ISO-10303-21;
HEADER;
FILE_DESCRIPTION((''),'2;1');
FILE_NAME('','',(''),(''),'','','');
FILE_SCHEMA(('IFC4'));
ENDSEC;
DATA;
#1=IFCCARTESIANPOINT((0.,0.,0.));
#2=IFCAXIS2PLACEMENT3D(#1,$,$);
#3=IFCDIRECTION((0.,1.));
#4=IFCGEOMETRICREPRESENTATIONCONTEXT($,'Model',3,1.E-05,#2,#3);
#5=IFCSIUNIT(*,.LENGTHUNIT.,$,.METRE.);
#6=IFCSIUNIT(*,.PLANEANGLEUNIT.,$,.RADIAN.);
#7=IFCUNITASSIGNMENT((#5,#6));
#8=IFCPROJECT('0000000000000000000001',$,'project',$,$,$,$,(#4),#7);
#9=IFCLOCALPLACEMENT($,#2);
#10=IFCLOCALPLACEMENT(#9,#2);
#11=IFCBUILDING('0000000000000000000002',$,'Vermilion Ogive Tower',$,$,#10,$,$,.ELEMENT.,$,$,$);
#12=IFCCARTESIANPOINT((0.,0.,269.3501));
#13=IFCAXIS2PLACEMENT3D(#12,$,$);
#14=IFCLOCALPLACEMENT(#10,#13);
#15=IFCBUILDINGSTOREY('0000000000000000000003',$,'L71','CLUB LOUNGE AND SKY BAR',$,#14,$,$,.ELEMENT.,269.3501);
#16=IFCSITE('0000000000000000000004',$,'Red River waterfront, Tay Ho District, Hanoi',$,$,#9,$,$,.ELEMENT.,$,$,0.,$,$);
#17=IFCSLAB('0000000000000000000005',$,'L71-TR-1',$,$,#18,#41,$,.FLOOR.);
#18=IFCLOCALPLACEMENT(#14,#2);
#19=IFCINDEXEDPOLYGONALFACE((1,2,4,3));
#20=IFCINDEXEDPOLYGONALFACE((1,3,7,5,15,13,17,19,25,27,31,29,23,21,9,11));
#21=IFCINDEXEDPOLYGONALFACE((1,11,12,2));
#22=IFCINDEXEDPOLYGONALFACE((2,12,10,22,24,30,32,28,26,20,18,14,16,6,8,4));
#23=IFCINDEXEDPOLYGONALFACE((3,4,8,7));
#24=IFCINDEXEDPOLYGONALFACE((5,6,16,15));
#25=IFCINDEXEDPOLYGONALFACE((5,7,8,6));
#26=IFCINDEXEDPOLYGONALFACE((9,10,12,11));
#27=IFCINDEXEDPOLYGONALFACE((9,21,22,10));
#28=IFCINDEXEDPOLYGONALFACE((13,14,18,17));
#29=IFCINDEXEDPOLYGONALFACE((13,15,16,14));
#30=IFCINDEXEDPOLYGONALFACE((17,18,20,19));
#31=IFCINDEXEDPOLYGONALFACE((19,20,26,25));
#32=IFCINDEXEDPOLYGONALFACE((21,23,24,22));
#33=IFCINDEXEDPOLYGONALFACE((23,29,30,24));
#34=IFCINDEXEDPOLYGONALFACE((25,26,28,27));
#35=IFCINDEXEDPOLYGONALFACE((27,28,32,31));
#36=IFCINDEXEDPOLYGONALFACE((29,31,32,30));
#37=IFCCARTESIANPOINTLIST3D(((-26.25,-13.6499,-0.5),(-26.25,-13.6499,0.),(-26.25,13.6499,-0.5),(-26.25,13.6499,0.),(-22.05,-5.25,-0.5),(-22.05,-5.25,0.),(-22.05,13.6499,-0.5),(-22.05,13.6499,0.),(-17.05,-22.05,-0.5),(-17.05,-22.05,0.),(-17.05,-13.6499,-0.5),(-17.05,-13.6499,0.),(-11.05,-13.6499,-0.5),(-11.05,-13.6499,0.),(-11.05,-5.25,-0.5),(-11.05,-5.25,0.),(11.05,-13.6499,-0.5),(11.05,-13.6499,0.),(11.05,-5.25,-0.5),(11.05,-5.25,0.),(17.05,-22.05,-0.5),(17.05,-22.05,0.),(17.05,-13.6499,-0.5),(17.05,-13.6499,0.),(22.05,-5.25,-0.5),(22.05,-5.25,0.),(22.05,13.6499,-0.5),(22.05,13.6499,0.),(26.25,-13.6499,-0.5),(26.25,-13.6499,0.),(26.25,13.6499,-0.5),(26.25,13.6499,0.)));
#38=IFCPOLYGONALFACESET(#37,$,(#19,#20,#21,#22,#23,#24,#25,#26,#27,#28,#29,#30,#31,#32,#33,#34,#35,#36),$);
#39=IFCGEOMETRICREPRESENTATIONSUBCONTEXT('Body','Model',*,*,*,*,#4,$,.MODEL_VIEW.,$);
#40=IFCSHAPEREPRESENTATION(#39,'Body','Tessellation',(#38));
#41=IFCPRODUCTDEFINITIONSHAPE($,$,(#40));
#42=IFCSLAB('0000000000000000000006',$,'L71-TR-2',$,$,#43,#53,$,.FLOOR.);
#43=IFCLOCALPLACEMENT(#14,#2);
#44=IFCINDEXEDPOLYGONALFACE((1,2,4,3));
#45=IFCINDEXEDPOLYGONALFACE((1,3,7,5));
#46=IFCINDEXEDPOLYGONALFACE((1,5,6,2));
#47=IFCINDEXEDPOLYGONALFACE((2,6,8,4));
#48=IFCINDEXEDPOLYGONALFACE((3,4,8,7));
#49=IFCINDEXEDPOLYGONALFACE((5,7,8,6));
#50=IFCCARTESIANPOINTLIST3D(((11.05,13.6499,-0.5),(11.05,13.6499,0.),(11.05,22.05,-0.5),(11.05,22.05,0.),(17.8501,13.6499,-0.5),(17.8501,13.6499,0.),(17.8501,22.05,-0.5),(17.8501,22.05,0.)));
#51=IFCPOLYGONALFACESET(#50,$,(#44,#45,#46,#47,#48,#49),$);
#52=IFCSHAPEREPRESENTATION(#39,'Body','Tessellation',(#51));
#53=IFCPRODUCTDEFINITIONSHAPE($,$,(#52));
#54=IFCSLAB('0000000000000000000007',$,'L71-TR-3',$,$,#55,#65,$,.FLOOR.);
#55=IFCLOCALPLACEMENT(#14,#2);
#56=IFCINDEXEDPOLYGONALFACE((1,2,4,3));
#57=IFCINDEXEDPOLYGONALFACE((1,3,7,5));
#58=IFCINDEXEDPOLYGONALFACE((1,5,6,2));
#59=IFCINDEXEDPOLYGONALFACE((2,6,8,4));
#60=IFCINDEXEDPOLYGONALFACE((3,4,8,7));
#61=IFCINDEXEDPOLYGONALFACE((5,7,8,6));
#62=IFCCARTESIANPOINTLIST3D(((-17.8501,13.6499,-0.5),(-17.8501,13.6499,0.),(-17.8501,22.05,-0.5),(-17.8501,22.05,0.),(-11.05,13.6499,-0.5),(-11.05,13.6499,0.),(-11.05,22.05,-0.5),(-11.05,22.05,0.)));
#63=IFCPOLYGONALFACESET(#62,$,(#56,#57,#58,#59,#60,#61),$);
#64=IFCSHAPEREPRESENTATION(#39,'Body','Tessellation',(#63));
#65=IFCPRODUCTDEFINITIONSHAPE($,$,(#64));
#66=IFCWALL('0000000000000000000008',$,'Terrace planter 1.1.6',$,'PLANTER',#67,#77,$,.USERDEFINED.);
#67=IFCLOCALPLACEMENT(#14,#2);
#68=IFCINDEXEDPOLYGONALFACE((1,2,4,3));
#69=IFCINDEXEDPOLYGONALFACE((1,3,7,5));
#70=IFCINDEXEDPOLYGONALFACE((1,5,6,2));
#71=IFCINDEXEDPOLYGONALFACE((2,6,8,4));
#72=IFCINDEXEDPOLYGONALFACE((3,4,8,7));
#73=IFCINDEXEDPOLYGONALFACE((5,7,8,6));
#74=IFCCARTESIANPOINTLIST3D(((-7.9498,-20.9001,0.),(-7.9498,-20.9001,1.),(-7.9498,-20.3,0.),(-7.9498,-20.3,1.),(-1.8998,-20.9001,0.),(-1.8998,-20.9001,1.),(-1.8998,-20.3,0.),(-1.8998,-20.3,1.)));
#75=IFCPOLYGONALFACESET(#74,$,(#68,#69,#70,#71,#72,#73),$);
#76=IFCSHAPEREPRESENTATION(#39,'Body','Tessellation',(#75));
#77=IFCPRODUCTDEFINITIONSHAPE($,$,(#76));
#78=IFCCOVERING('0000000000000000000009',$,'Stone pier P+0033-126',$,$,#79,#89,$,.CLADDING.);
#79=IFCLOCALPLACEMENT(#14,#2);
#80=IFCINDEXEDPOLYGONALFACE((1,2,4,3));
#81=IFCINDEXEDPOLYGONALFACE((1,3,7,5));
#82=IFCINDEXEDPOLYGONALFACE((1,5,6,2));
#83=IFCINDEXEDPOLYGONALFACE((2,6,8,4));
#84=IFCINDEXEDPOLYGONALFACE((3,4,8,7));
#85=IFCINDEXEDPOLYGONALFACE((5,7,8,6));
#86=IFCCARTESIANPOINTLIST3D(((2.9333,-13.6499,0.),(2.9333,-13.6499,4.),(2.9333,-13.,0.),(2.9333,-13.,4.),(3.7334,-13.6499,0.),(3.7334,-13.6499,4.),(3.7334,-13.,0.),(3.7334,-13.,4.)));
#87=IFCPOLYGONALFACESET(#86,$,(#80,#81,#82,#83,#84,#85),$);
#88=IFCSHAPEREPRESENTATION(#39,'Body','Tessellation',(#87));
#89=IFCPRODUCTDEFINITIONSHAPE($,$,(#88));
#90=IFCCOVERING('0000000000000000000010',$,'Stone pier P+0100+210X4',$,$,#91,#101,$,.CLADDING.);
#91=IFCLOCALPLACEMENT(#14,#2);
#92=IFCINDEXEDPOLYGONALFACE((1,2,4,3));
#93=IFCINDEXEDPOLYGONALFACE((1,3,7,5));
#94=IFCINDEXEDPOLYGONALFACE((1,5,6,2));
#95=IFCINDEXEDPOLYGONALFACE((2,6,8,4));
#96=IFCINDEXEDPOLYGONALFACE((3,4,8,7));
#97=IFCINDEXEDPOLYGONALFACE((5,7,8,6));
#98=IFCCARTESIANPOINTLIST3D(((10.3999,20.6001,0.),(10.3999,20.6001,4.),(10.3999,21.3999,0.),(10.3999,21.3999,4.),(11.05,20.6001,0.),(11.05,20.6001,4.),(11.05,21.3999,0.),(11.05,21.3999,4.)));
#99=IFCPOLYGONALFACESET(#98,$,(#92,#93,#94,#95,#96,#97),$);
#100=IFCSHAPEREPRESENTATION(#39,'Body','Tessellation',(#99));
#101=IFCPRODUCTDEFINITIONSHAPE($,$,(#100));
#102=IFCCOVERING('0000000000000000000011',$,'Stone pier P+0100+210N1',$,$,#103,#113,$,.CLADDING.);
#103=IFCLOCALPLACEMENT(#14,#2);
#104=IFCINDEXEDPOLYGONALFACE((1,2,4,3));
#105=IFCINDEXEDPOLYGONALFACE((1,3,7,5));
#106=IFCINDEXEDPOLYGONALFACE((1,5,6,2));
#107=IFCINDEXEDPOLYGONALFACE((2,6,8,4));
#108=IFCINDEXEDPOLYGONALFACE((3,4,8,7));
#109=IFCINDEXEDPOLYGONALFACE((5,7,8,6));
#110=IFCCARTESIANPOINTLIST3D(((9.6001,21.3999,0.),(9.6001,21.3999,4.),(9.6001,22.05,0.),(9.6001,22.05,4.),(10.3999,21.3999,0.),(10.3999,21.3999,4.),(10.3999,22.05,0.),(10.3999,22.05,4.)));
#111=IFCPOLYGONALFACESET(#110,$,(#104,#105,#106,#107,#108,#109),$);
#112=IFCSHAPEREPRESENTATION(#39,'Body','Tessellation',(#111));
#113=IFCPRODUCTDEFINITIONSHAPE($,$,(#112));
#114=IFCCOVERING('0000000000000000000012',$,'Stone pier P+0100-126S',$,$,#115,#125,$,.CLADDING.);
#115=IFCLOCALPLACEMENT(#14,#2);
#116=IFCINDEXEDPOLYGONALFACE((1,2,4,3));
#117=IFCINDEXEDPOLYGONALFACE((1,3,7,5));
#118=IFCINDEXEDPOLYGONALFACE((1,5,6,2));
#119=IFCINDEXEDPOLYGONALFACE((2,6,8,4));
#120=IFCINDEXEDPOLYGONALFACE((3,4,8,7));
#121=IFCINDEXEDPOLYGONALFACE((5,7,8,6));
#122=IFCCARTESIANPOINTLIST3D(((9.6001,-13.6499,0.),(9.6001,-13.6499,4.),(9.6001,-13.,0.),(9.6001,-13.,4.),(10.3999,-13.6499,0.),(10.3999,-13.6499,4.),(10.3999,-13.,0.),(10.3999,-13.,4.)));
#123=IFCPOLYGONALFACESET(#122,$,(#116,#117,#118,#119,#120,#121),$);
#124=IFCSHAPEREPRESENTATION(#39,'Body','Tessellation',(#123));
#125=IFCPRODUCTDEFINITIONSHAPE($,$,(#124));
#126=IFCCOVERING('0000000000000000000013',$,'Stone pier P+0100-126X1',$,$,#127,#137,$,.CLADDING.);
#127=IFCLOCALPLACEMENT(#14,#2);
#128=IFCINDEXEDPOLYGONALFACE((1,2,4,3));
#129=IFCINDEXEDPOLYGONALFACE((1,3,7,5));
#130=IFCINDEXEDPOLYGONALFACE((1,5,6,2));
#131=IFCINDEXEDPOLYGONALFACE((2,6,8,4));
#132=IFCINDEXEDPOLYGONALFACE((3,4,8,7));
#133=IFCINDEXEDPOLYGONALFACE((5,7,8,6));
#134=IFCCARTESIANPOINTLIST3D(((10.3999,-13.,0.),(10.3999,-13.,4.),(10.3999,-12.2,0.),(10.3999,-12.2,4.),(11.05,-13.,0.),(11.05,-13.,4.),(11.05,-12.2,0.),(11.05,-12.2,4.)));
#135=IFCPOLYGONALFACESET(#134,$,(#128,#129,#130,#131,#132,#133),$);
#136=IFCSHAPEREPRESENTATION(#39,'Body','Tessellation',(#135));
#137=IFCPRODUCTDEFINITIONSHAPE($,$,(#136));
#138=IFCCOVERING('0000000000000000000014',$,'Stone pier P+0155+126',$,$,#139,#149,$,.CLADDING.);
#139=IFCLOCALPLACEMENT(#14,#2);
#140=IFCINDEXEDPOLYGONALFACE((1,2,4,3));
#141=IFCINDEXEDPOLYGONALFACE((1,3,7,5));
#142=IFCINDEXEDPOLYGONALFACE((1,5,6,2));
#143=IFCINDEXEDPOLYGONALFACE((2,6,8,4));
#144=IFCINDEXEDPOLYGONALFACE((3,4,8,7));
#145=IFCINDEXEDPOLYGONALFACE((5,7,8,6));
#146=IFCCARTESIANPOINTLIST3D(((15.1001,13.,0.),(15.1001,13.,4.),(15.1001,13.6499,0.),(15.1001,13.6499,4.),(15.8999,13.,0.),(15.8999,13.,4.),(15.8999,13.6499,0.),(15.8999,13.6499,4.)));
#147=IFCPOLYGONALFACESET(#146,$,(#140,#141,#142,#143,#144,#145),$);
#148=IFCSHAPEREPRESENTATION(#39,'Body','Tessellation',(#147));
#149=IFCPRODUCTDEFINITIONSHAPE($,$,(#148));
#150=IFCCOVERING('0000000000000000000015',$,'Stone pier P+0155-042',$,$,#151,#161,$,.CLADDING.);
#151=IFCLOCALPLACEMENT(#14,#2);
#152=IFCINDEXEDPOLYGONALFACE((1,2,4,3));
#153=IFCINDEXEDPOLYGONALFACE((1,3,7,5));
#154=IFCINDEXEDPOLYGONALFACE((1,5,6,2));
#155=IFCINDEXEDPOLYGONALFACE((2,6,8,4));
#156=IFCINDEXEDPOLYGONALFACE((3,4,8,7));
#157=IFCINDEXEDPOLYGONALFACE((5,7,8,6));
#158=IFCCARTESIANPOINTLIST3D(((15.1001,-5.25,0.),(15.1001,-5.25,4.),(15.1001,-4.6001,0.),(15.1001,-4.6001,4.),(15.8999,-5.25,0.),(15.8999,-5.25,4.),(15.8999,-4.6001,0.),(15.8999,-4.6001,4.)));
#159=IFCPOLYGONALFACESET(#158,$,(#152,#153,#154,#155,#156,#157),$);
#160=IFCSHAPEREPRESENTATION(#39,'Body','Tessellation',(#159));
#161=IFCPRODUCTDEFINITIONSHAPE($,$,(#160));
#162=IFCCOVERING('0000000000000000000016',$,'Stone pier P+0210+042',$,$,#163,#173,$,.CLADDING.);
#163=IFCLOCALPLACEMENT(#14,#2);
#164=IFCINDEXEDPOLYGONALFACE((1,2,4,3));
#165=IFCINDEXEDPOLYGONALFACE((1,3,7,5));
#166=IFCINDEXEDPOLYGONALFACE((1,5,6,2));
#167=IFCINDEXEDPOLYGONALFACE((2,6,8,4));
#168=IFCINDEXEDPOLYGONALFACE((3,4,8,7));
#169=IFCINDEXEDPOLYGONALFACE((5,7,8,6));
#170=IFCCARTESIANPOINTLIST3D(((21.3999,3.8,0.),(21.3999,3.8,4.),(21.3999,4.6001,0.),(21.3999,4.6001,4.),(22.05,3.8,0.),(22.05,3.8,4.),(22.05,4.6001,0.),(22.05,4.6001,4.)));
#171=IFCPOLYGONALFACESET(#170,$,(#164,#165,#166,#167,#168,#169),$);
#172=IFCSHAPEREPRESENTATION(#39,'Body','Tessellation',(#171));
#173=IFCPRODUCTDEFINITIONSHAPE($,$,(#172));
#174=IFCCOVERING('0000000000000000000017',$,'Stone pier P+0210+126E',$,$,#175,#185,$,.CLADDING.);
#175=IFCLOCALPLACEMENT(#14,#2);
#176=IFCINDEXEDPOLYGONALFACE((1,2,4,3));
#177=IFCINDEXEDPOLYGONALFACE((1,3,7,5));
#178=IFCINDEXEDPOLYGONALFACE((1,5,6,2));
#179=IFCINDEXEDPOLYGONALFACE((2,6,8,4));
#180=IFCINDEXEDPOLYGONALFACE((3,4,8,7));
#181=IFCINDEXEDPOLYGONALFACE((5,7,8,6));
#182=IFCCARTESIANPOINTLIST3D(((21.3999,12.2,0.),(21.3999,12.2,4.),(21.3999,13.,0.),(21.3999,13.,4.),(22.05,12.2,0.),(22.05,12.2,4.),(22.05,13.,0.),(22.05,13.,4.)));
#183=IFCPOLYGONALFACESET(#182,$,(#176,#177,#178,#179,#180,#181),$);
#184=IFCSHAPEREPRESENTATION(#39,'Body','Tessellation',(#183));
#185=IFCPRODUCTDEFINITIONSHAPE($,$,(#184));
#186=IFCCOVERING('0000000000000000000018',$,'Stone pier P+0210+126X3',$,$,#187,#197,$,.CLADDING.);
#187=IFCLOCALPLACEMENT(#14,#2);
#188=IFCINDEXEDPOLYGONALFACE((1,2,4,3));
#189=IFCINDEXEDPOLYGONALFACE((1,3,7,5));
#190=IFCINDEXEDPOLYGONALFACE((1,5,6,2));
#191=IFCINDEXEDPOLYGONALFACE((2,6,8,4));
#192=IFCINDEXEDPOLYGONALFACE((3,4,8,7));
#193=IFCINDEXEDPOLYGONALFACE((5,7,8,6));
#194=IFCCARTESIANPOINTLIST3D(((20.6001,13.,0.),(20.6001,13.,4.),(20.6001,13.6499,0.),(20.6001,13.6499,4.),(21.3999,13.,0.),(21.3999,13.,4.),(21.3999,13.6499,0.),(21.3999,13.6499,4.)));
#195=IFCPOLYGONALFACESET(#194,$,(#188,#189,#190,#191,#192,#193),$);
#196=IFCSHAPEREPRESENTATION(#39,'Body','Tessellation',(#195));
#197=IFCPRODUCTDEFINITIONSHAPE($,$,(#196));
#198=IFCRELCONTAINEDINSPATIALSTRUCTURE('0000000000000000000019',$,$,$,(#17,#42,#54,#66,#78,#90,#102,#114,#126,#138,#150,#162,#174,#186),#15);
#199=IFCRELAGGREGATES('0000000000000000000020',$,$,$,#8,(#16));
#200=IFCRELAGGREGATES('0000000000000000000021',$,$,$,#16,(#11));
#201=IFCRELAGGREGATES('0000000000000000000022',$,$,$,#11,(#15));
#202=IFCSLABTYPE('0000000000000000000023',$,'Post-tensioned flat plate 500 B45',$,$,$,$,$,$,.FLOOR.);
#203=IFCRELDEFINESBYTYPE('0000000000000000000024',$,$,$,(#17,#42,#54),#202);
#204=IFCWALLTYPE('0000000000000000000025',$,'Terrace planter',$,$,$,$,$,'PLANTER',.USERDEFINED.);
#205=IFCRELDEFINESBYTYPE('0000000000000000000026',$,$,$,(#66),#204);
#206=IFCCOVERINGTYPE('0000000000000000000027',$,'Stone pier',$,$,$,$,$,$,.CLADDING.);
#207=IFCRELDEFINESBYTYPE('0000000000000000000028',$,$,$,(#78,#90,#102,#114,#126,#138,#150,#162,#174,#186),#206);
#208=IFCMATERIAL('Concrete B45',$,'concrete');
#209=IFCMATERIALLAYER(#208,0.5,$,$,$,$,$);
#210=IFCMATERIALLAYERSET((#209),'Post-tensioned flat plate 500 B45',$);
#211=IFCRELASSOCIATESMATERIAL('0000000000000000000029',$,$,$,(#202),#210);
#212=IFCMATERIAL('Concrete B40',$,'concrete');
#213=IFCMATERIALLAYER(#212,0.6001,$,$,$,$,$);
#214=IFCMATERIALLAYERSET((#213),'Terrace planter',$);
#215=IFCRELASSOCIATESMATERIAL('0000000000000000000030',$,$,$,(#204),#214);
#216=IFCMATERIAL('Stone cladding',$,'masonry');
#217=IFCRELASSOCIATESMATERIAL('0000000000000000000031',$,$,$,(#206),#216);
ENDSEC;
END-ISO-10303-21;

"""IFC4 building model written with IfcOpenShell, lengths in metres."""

from ifc_helpers import new_model, si_unit, direction, frame, frame_2d, origin, place, context, subcontext, project, spatial, polyline, rectangle, outline, extrude, material, layer, layer_set, type_object, element, save


model = new_model("IFC4")

# Units and contexts
model_context = context("Model", 3, precision=1e-05, world=origin(), true_north=direction((0.0, 1.0)))
body_context = subcontext(model_context, "Body", "Model", "MODEL_VIEW")
ifc_project = project(units=[si_unit("LENGTHUNIT", "METRE"), si_unit("PLANEANGLEUNIT", "RADIAN")], contexts=[model_context])

# Site, building, storey
site_placement = place(None, origin())
site = spatial("IfcSite", under=ifc_project, at=site_placement, Name="Red River waterfront, Tay Ho District, Hanoi", CompositionType="ELEMENT", RefElevation=0.0)
building_placement = place(site_placement, origin())
building = spatial("IfcBuilding", under=site, at=building_placement, Name="Vermilion Ogive Tower", CompositionType="ELEMENT")
storey_placement = place(building_placement, frame((0.0, 0.0, 269.3501)))
storey = spatial("IfcBuildingStorey", under=building, at=storey_placement, Name="L71", Description="CLUB LOUNGE AND SKY BAR", CompositionType="ELEMENT", Elevation=269.3501)

# Slabs
ifc_material_1 = material(Name="Concrete B45", Category="concrete")
ifc_layer_1 = layer(ifc_material_1, 0.5)
ifc_layer_set_1 = layer_set([ifc_layer_1], Name="Post-tensioned flat plate 500 B45")
slab_type = type_object("IfcSlabType", Name="Post-tensioned flat plate 500 B45", PredefinedType="FLOOR", material=ifc_layer_set_1)
slab_1_placement = place(storey_placement, frame((0.0, 0.0, -0.5)))
element("IfcSlab", 1, at=slab_1_placement, inside=storey, type_object=slab_type, Name="L71-TR-1", PredefinedType="FLOOR", context=body_context, shape_type="SweptSolid", body=[
    extrude(outline(polyline([(-26.25, -13.6499), (-26.25, 13.6499), (-22.05, 13.6499), (-22.05, -5.25), (-11.05, -5.25), (-11.05, -13.6499), (11.05, -13.6499), (11.05, -5.25), (22.05, -5.25), (22.05, 13.6499), (26.25, 13.6499), (26.25, -13.6499), (17.05, -13.6499), (17.05, -22.05), (-17.05, -22.05), (-17.05, -13.6499), (-26.25, -13.6499)])), origin(), (0.0, 0.0, 1.0), 0.5),
])
slab_2_placement = place(storey_placement, frame((0.0, 0.0, -0.5)))
element("IfcSlab", 2, at=slab_2_placement, inside=storey, type_object=slab_type, Name="L71-TR-2", PredefinedType="FLOOR", context=body_context, shape_type="SweptSolid", body=[
    extrude(outline(polyline([(17.8501, 13.6499), (11.05, 13.6499), (11.05, 22.05), (17.8501, 22.05), (17.8501, 13.6499)])), origin(), (0.0, 0.0, 1.0), 0.5),
])
slab_3_placement = place(storey_placement, frame((0.0, 0.0, -0.5)))
element("IfcSlab", 3, at=slab_3_placement, inside=storey, type_object=slab_type, Name="L71-TR-3", PredefinedType="FLOOR", context=body_context, shape_type="SweptSolid", body=[
    extrude(outline(polyline([(-11.05, 22.05), (-11.05, 13.6499), (-17.8501, 13.6499), (-17.8501, 22.05), (-11.05, 22.05)])), origin(), (0.0, 0.0, 1.0), 0.5),
])

# Wall
ifc_material_2 = material(Name="Concrete B40", Category="concrete")
ifc_layer_2 = layer(ifc_material_2, 0.6001)
ifc_layer_set_2 = layer_set([ifc_layer_2], Name="Terrace planter")
wall_type = type_object("IfcWallType", Name="Terrace planter", ElementType="PLANTER", PredefinedType="USERDEFINED", material=ifc_layer_set_2)
wall_placement = place(storey_placement, frame((-1.8999, -20.6001, 0.0), z_axis=(0.0, 0.0, 1.0), x_axis=(-1.0, 0.0, 0.0)))
element("IfcWall", 4, at=wall_placement, inside=storey, type_object=wall_type, Name="Terrace planter 1.1.6", ObjectType="PLANTER", PredefinedType="USERDEFINED", context=body_context, shape_type="SweptSolid", body=[
    extrude(rectangle(XDim=6.05, YDim=0.6001, at=frame_2d((3.0249, 0.0))), origin(), (0.0, 0.0, 1.0), 1.0),
])

# Coverings
ifc_material_3 = material(Name="Stone cladding", Category="masonry")
covering_type_1 = type_object("IfcCoveringType", Name="Stone pier", PredefinedType="CLADDING", material=ifc_material_3)
covering_1_placement = place(storey_placement, origin())
element("IfcCovering", 5, at=covering_1_placement, inside=storey, type_object=covering_type_1, Name="Stone pier P+0033-126", PredefinedType="CLADDING", context=body_context, shape_type="SweptSolid", body=[
    extrude(outline(polyline([(3.7334, -13.0), (3.7334, -13.6499), (2.9333, -13.6499), (2.9333, -13.0), (2.9333, -13.0), (3.7334, -13.0)])), origin(), (0.0, 0.0, 1.0), 4.0),
])
covering_2_placement = place(storey_placement, origin())
element("IfcCovering", 6, at=covering_2_placement, inside=storey, type_object=covering_type_1, Name="Stone pier P+0100+210X4", PredefinedType="CLADDING", context=body_context, shape_type="SweptSolid", body=[
    extrude(outline(polyline([(11.05, 21.3999), (11.05, 20.6001), (10.3999, 20.6001), (10.3999, 21.3999), (11.05, 21.3999)])), origin(), (0.0, 0.0, 1.0), 4.0),
])
covering_3_placement = place(storey_placement, origin())
element("IfcCovering", 7, at=covering_3_placement, inside=storey, type_object=covering_type_1, Name="Stone pier P+0100+210N1", PredefinedType="CLADDING", context=body_context, shape_type="SweptSolid", body=[
    extrude(outline(polyline([(10.3999, 22.05), (10.3999, 21.3999), (9.6001, 21.3999), (9.6001, 22.05), (10.3999, 22.05)])), origin(), (0.0, 0.0, 1.0), 4.0),
])
covering_4_placement = place(storey_placement, origin())
element("IfcCovering", 8, at=covering_4_placement, inside=storey, type_object=covering_type_1, Name="Stone pier P+0100-126S", PredefinedType="CLADDING", context=body_context, shape_type="SweptSolid", body=[
    extrude(outline(polyline([(10.3999, -13.6499), (9.6001, -13.6499), (9.6001, -13.0), (10.3999, -13.0), (10.3999, -13.6499)])), origin(), (0.0, 0.0, 1.0), 4.0),
])
covering_5_placement = place(storey_placement, origin())
element("IfcCovering", 9, at=covering_5_placement, inside=storey, type_object=covering_type_1, Name="Stone pier P+0100-126X1", PredefinedType="CLADDING", context=body_context, shape_type="SweptSolid", body=[
    extrude(outline(polyline([(11.05, -13.0), (10.3999, -13.0), (10.3999, -12.2), (11.05, -12.2), (11.05, -13.0)])), origin(), (0.0, 0.0, 1.0), 4.0),
])
covering_6_placement = place(storey_placement, origin())
element("IfcCovering", 10, at=covering_6_placement, inside=storey, type_object=covering_type_1, Name="Stone pier P+0155+126", PredefinedType="CLADDING", context=body_context, shape_type="SweptSolid", body=[
    extrude(outline(polyline([(15.1001, 13.6499), (15.8999, 13.6499), (15.8999, 13.0), (15.1001, 13.0), (15.1001, 13.6499)])), origin(), (0.0, 0.0, 1.0), 4.0),
])
covering_7_placement = place(storey_placement, origin())
element("IfcCovering", 11, at=covering_7_placement, inside=storey, type_object=covering_type_1, Name="Stone pier P+0155-042", PredefinedType="CLADDING", context=body_context, shape_type="SweptSolid", body=[
    extrude(outline(polyline([(15.8999, -5.25), (15.1001, -5.25), (15.1001, -4.6001), (15.8999, -4.6001), (15.8999, -5.25)])), origin(), (0.0, 0.0, 1.0), 4.0),
])
covering_8_placement = place(storey_placement, origin())
element("IfcCovering", 12, at=covering_8_placement, inside=storey, type_object=covering_type_1, Name="Stone pier P+0210+042", PredefinedType="CLADDING", context=body_context, shape_type="SweptSolid", body=[
    extrude(outline(polyline([(21.3999, 4.6001), (22.05, 4.6001), (22.05, 3.8), (21.3999, 3.8), (21.3999, 3.8), (21.3999, 4.6001)])), origin(), (0.0, 0.0, 1.0), 4.0),
])
covering_9_placement = place(storey_placement, origin())
element("IfcCovering", 13, at=covering_9_placement, inside=storey, type_object=covering_type_1, Name="Stone pier P+0210+126E", PredefinedType="CLADDING", context=body_context, shape_type="SweptSolid", body=[
    extrude(outline(polyline([(22.05, 13.0), (22.05, 12.2), (21.3999, 12.2), (21.3999, 13.0), (22.05, 13.0)])), origin(), (0.0, 0.0, 1.0), 4.0),
])
covering_10_placement = place(storey_placement, origin())
element("IfcCovering", 14, at=covering_10_placement, inside=storey, type_object=covering_type_1, Name="Stone pier P+0210+126X3", PredefinedType="CLADDING", context=body_context, shape_type="SweptSolid", body=[
    extrude(outline(polyline([(21.3999, 13.6499), (21.3999, 13.0), (20.6001, 13.0), (20.6001, 13.6499), (21.3999, 13.6499)])), origin(), (0.0, 0.0, 1.0), 4.0),
])

save(model, "model.ifc")
